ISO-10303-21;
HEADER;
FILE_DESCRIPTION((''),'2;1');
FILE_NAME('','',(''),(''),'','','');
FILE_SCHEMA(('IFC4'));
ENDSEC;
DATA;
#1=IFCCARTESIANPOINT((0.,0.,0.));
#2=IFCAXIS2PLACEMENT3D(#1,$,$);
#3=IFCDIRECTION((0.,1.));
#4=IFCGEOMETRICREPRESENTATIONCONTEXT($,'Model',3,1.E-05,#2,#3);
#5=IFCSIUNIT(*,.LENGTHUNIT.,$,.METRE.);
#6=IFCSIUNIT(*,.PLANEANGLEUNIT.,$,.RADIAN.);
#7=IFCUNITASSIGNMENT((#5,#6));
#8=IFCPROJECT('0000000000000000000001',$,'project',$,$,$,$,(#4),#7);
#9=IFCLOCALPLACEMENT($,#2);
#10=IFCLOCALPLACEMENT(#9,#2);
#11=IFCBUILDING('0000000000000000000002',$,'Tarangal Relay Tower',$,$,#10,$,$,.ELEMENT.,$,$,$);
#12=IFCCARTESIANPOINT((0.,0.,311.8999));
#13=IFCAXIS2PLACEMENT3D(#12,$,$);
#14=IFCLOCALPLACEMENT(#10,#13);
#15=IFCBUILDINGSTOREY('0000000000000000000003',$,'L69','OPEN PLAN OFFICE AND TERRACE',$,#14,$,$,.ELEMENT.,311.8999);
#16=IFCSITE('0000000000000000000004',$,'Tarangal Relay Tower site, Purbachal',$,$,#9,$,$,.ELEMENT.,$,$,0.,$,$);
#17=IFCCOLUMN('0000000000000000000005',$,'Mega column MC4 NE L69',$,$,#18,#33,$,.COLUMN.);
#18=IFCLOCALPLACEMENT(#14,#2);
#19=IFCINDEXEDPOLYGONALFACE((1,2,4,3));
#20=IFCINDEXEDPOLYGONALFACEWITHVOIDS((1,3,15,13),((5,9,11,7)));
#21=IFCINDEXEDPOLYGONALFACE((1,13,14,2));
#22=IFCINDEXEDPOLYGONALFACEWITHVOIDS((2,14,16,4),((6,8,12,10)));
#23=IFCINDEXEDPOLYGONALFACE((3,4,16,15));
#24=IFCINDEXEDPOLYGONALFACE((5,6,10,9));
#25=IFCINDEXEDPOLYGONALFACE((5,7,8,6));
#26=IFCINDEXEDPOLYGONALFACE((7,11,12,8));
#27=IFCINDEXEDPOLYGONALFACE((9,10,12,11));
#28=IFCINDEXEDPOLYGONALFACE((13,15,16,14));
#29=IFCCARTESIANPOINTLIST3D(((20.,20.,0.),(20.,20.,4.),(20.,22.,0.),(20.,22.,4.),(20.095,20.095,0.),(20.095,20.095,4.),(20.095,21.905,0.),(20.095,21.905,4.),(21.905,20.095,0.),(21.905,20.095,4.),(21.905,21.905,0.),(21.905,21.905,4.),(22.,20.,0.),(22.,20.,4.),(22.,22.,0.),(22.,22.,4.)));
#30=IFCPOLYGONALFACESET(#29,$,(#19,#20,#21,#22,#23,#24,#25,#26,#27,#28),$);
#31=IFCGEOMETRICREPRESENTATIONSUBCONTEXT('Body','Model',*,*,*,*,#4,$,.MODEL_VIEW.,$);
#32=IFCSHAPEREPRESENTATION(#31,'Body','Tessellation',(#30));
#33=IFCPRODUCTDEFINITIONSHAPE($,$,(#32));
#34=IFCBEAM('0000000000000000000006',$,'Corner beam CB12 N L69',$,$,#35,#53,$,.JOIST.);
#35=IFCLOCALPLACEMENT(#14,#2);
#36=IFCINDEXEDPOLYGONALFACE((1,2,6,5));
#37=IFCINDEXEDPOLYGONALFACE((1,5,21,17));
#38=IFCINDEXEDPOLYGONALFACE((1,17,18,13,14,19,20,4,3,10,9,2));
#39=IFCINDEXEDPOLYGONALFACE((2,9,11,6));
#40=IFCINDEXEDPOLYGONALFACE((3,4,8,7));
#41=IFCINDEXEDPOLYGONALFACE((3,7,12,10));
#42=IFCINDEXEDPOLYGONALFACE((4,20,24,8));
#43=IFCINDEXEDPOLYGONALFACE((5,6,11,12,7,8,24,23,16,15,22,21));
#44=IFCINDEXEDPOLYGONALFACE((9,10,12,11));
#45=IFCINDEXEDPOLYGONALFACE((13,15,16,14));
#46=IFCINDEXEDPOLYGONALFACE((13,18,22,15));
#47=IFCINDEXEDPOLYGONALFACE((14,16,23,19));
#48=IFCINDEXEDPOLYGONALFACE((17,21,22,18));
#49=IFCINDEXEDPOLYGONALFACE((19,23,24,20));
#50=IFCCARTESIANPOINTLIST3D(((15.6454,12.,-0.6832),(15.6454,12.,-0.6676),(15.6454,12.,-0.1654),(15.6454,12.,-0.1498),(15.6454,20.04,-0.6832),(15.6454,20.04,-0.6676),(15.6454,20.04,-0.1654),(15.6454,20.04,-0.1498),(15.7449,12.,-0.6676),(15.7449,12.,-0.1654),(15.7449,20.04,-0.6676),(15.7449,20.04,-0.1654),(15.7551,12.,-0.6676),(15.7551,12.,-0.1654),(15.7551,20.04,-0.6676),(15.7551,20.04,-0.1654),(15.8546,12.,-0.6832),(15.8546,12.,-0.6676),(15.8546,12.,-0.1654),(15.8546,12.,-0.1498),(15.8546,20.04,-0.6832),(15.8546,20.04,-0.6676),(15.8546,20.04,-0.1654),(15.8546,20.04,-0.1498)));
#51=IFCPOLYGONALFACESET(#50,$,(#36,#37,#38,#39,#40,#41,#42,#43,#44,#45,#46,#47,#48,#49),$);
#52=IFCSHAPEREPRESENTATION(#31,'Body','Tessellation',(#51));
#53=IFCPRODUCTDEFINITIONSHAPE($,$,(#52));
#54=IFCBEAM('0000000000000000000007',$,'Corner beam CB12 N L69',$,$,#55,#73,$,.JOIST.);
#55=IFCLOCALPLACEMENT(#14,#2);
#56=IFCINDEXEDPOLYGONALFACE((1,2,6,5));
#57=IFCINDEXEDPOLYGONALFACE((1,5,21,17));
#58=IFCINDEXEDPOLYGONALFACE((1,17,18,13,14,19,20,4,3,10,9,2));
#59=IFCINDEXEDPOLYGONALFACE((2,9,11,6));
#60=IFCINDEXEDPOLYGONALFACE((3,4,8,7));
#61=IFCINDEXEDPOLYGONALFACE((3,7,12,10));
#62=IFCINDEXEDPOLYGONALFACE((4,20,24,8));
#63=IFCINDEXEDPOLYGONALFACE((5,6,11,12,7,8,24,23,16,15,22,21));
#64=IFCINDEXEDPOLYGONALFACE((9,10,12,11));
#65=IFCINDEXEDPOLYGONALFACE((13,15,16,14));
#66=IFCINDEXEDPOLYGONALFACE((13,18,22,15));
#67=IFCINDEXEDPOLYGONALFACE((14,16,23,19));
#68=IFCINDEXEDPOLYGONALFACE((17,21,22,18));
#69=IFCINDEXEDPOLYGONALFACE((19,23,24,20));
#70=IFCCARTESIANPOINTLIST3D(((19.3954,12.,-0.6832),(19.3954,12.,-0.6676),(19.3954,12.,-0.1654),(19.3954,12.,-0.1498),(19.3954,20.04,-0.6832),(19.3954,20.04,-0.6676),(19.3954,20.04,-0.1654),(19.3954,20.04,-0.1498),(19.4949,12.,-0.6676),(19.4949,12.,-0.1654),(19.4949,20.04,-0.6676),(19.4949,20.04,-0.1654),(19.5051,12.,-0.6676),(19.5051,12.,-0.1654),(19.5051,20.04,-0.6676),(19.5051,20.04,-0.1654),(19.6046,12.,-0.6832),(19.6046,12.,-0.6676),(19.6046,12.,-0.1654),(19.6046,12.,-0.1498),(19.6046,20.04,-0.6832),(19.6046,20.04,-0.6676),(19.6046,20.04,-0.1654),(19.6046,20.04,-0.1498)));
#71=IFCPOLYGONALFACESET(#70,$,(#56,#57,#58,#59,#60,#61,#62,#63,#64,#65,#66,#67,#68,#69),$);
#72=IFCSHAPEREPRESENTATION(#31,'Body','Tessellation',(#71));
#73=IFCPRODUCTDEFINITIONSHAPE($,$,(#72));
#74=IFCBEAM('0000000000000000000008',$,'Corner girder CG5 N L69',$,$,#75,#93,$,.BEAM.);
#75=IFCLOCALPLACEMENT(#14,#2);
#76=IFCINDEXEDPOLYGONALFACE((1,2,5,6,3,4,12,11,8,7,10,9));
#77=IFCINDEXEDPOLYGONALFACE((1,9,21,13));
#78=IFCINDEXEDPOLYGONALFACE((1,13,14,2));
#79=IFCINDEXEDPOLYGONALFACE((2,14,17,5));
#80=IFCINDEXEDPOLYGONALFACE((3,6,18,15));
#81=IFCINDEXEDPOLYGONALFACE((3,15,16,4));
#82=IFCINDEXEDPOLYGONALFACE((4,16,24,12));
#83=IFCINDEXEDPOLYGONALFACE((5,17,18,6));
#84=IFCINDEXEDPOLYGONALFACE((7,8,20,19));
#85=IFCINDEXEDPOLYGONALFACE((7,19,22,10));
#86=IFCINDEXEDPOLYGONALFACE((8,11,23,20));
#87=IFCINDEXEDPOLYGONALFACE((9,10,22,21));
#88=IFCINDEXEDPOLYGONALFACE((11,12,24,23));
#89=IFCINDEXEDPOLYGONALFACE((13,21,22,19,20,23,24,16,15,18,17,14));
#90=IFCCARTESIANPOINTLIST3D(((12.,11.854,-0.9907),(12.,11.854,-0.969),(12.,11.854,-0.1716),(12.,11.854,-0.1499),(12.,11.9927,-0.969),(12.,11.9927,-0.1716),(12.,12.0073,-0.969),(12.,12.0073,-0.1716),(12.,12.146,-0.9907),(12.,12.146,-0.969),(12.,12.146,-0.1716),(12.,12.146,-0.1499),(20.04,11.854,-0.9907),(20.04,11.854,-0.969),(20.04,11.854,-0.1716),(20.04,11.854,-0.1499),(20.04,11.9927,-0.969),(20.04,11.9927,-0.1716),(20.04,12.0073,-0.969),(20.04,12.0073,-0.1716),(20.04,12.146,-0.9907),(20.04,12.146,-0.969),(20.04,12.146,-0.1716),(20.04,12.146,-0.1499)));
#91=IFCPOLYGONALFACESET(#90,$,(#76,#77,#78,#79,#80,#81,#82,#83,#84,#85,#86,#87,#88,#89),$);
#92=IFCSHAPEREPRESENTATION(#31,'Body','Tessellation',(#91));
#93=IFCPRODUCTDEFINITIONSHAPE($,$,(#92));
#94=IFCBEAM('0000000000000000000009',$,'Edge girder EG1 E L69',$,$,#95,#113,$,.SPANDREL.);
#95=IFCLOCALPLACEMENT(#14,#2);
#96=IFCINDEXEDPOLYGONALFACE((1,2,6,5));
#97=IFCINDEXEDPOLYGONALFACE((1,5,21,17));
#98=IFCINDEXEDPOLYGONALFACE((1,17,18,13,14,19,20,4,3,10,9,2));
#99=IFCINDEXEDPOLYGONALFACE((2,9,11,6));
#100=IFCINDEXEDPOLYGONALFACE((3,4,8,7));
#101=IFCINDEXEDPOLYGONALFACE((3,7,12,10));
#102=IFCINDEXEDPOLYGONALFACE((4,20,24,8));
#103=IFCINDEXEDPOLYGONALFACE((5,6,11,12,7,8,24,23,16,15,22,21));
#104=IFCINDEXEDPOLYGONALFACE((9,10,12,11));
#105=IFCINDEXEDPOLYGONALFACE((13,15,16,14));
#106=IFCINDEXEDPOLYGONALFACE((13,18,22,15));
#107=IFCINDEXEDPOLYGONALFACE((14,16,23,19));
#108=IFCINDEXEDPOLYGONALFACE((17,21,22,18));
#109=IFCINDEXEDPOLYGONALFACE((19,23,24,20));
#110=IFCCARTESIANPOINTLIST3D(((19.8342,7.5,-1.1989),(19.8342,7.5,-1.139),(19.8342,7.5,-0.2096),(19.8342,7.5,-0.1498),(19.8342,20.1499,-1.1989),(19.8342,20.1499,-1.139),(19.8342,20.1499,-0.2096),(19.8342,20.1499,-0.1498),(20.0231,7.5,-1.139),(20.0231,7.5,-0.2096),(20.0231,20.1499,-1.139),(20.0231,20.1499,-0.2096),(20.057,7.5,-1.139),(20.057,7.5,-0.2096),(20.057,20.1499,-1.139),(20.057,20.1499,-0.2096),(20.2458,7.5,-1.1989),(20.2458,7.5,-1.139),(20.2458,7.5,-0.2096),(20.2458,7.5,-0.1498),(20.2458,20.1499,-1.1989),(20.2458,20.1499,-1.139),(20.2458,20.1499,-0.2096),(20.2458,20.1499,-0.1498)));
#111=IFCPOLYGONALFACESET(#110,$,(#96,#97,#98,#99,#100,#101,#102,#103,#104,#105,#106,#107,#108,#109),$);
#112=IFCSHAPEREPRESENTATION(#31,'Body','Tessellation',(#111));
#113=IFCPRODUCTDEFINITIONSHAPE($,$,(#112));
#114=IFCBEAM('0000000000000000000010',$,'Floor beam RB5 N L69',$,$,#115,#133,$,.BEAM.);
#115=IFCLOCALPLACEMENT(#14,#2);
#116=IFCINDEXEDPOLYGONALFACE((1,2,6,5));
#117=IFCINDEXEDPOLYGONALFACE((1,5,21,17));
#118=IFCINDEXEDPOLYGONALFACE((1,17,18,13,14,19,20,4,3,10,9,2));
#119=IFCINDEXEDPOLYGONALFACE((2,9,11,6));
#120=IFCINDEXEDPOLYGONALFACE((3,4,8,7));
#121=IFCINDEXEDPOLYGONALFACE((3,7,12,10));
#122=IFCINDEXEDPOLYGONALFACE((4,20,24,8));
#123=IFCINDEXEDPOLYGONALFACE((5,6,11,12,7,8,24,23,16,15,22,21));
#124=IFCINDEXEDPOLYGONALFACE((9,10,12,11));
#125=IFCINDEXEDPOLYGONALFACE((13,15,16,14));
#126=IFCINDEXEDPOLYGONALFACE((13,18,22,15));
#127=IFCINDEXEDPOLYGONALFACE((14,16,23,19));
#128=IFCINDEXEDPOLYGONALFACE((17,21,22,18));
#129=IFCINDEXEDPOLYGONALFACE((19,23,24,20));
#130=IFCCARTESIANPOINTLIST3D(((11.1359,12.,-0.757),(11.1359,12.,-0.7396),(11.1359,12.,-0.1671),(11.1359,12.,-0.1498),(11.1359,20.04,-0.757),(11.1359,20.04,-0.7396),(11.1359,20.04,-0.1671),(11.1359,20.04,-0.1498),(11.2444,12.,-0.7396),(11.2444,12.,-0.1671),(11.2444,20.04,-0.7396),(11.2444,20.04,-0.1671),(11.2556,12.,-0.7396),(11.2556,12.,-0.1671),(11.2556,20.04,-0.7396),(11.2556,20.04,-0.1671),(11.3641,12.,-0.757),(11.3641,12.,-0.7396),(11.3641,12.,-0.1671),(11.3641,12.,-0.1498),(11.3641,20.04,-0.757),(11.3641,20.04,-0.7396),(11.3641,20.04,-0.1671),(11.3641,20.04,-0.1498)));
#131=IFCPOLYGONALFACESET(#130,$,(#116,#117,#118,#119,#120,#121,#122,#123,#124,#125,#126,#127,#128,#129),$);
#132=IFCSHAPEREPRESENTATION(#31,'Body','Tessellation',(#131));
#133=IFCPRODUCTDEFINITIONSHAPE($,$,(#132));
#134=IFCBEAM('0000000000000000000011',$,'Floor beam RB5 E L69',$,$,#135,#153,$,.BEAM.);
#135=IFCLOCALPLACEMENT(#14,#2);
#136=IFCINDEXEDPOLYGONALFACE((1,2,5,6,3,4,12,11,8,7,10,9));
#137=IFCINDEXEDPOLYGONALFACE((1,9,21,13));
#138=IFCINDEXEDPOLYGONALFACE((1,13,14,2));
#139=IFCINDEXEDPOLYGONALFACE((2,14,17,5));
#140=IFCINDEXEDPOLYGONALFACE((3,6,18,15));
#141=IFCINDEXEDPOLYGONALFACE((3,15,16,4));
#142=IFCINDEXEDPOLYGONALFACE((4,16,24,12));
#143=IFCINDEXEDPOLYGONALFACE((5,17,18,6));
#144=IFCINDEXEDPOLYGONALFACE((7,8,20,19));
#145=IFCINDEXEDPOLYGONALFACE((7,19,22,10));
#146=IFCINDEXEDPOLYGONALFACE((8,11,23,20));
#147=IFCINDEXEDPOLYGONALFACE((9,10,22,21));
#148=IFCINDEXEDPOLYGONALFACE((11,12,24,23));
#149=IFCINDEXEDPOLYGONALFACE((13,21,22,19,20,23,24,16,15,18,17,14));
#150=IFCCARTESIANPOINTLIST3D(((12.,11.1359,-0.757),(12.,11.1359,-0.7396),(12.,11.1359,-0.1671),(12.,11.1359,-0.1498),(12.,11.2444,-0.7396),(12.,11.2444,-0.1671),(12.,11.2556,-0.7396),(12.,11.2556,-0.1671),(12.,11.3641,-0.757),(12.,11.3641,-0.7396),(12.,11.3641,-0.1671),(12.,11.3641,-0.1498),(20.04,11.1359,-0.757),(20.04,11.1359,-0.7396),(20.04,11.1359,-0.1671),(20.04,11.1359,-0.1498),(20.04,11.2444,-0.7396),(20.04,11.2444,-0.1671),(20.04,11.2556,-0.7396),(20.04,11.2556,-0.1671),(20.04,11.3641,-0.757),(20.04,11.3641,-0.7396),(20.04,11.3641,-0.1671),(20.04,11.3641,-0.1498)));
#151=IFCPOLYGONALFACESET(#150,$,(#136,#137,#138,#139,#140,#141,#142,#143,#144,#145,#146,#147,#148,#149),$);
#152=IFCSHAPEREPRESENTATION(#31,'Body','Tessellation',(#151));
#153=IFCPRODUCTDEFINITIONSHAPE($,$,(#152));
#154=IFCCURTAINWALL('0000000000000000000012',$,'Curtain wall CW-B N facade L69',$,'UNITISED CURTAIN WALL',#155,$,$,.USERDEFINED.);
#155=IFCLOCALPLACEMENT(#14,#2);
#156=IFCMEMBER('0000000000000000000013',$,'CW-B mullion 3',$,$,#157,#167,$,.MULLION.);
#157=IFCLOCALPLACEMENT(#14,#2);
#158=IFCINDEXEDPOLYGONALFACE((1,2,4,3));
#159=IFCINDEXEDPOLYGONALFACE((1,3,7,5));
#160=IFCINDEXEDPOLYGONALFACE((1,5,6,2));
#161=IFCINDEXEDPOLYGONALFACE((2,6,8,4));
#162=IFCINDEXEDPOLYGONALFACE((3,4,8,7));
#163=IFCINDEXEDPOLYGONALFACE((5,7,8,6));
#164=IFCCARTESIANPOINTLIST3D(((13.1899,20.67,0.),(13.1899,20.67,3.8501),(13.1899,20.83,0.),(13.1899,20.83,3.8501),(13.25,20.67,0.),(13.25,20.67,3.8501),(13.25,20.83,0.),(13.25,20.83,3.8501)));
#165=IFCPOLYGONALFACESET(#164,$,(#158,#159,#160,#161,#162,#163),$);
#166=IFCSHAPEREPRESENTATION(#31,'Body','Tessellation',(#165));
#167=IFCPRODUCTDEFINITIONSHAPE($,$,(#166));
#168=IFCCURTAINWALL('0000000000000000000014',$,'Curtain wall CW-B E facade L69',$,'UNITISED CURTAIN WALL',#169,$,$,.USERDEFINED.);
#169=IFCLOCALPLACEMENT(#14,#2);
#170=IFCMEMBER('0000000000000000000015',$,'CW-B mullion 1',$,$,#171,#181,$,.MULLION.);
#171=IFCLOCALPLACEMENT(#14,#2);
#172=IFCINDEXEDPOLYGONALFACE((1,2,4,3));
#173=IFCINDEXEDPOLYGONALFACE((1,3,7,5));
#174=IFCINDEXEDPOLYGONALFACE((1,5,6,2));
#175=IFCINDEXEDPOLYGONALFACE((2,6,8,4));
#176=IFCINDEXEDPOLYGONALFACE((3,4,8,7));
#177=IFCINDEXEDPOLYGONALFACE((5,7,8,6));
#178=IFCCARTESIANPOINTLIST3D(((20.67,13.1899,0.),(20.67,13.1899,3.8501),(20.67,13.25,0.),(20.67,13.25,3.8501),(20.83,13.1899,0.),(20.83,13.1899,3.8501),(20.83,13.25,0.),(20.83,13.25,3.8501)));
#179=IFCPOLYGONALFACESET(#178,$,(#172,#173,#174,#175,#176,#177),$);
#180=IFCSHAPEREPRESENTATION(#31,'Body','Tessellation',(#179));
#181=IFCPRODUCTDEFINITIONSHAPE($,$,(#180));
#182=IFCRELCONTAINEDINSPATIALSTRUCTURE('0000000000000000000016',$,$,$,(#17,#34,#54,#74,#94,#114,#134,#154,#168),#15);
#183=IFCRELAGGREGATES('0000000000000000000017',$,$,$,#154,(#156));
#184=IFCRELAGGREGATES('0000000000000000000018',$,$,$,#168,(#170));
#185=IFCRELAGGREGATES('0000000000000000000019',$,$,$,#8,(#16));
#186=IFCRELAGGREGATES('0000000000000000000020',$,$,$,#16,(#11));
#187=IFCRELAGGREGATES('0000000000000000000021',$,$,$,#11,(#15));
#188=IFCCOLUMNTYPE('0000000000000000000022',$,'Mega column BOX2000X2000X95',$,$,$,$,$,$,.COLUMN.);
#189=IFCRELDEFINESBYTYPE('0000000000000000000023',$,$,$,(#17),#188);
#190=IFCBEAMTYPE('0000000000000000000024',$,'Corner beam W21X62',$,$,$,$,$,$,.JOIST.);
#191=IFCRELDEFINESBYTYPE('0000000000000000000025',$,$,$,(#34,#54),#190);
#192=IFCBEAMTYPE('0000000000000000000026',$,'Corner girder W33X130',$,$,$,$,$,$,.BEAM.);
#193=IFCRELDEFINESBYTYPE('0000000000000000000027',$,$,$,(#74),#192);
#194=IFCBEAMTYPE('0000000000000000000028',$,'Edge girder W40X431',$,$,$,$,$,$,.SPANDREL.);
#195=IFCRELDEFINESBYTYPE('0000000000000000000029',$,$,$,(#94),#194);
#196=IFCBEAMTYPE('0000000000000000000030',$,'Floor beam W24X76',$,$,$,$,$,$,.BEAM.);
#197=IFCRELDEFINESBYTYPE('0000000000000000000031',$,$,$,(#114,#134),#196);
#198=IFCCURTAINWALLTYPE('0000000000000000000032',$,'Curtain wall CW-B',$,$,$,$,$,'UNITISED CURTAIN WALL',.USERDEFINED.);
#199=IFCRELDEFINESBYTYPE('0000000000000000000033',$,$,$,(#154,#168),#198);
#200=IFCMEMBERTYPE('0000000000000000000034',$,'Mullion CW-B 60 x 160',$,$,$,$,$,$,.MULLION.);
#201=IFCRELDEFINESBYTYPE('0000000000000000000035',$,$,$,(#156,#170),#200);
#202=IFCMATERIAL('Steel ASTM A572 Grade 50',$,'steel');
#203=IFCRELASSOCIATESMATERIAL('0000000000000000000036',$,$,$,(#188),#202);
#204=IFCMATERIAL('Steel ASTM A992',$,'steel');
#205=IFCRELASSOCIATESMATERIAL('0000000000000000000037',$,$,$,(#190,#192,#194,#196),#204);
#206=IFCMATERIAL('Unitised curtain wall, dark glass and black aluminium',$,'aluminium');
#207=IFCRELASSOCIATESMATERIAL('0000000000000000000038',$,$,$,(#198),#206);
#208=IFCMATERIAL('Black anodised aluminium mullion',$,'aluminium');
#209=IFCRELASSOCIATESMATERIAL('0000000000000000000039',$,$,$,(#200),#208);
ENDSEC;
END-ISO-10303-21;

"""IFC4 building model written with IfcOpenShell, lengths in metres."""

from ifc_helpers import new_model, si_unit, direction, frame, origin, origin_2d, place, context, subcontext, project, spatial, rectangle, hollow_rectangle, i_section, extrude, material, material_profile, profile_set, type_object, element, aggregate, save


model = new_model("IFC4")

# Units and contexts
model_context = context("Model", 3, precision=1e-05, world=origin(), true_north=direction((0.0, 1.0)))
body_context = subcontext(model_context, "Body", "Model", "MODEL_VIEW")
ifc_project = project(units=[si_unit("LENGTHUNIT", "METRE"), si_unit("PLANEANGLEUNIT", "RADIAN")], contexts=[model_context])

# Site, building, storey
site_placement = place(None, origin())
site = spatial("IfcSite", under=ifc_project, at=site_placement, Name="Tarangal Relay Tower site, Purbachal", CompositionType="ELEMENT", RefElevation=0.0)
building_placement = place(site_placement, origin())
building = spatial("IfcBuilding", under=site, at=building_placement, Name="Tarangal Relay Tower", CompositionType="ELEMENT")
storey_placement = place(building_placement, frame((0.0, 0.0, 311.8999)))
storey = spatial("IfcBuildingStorey", under=building, at=storey_placement, Name="L69", Description="OPEN PLAN OFFICE AND TERRACE", CompositionType="ELEMENT", Elevation=311.8999)

# Column
ifc_material_1 = material(Name="Steel ASTM A572 Grade 50", Category="steel")
ifc_material_profile_1 = material_profile(ifc_material_1, hollow_rectangle(XDim=2.0, YDim=2.0, WallThickness=0.095, at=origin_2d()), Name="BOX2000X2000X95")
ifc_profile_set_1 = profile_set([ifc_material_profile_1], Name="Steel ASTM A572 Grade 50")
column_type = type_object("IfcColumnType", Name="Mega column BOX2000X2000X95", PredefinedType="COLUMN", material=ifc_profile_set_1)
column_placement = place(storey_placement, frame((21.0, 21.0, 0.0), z_axis=(0.0, 0.0, 1.0), x_axis=(1.0, 0.0, 0.0)))
element("IfcColumn", 1, at=column_placement, inside=storey, type_object=column_type, Name="Mega column MC4 NE L69", PredefinedType="COLUMN", context=body_context, shape_type="SweptSolid", body=[
    extrude(hollow_rectangle(XDim=2.0, YDim=2.0, WallThickness=0.095, at=origin_2d()), origin(), (0.0, 0.0, 1.0), 4.0),
])

# Beams
ifc_material_2 = material(Name="Steel ASTM A992", Category="steel")
ifc_material_profile_2 = material_profile(ifc_material_2, i_section(OverallWidth=0.2092, OverallDepth=0.5334, WebThickness=0.0103, FlangeThickness=0.0156, at=origin_2d()), Name="W21X62")
ifc_profile_set_2 = profile_set([ifc_material_profile_2], Name="Steel ASTM A992")
beam_type_1 = type_object("IfcBeamType", Name="Corner beam W21X62", PredefinedType="JOIST", material=ifc_profile_set_2)
for number, where, z_axis, x_axis, name in (
    (2, (15.75, 12.0, -0.4165), (0.0, 1.0, 0.0), (-1.0, 0.0, 0.0), "Corner beam CB12 N L69"),
    (3, (19.5, 12.0, -0.4165), (0.0, 1.0, 0.0), (-1.0, 0.0, 0.0), "Corner beam CB12 N L69"),
):
    element("IfcBeam", number, at=place(storey_placement, frame(where, z_axis=z_axis, x_axis=x_axis)), inside=storey, type_object=beam_type_1, Name=name, PredefinedType="JOIST", context=body_context, shape_type="SweptSolid", body=[
        extrude(i_section(OverallWidth=0.2092, OverallDepth=0.5334, WebThickness=0.0103, FlangeThickness=0.0156, at=origin_2d()), origin(), (0.0, 0.0, 1.0), 8.04),
    ])
ifc_material_profile_3 = material_profile(ifc_material_2, i_section(OverallWidth=0.292, OverallDepth=0.8408, WebThickness=0.0146, FlangeThickness=0.0217, at=origin_2d()), Name="W33X130")
ifc_profile_set_3 = profile_set([ifc_material_profile_3], Name="Steel ASTM A992")
beam_type_2 = type_object("IfcBeamType", Name="Corner girder W33X130", PredefinedType="BEAM", material=ifc_profile_set_3)
beam_1_placement = place(storey_placement, frame((12.0, 12.0, -0.5703), z_axis=(1.0, 0.0, 0.0), x_axis=(0.0, 1.0, 0.0)))
element("IfcBeam", 4, at=beam_1_placement, inside=storey, type_object=beam_type_2, Name="Corner girder CG5 N L69", PredefinedType="BEAM", context=body_context, shape_type="SweptSolid", body=[
    extrude(i_section(OverallWidth=0.292, OverallDepth=0.8408, WebThickness=0.0146, FlangeThickness=0.0217, at=origin_2d()), origin(), (0.0, 0.0, 1.0), 8.04),
])
ifc_material_profile_4 = material_profile(ifc_material_2, i_section(OverallWidth=0.4116, OverallDepth=1.0491, WebThickness=0.0339, FlangeThickness=0.0598, at=origin_2d()), Name="W40X431")
ifc_profile_set_4 = profile_set([ifc_material_profile_4], Name="Steel ASTM A992")
beam_type_3 = type_object("IfcBeamType", Name="Edge girder W40X431", PredefinedType="SPANDREL", material=ifc_profile_set_4)
beam_2_placement = place(storey_placement, frame((20.04, 20.1499, -0.6743), z_axis=(0.0, -1.0, 0.0), x_axis=(1.0, 0.0, 0.0)))
element("IfcBeam", 5, at=beam_2_placement, inside=storey, type_object=beam_type_3, Name="Edge girder EG1 E L69", PredefinedType="SPANDREL", context=body_context, shape_type="SweptSolid", body=[
    extrude(i_section(OverallWidth=0.4116, OverallDepth=1.0491, WebThickness=0.0339, FlangeThickness=0.0598, at=origin_2d()), origin(), (0.0, 0.0, 1.0), 12.6499),
])
ifc_material_profile_5 = material_profile(ifc_material_2, i_section(OverallWidth=0.2283, OverallDepth=0.6072, WebThickness=0.0112, FlangeThickness=0.0173, at=origin_2d()), Name="W24X76")
ifc_profile_set_5 = profile_set([ifc_material_profile_5], Name="Steel ASTM A992")
beam_type_4 = type_object("IfcBeamType", Name="Floor beam W24X76", PredefinedType="BEAM", material=ifc_profile_set_5)
for number, where, z_axis, x_axis, name in (
    (6, (11.25, 12.0, -0.4534), (0.0, 1.0, 0.0), (-1.0, 0.0, 0.0), "Floor beam RB5 N L69"),
    (7, (12.0, 11.25, -0.4534), (1.0, 0.0, 0.0), (0.0, 1.0, 0.0), "Floor beam RB5 E L69"),
):
    element("IfcBeam", number, at=place(storey_placement, frame(where, z_axis=z_axis, x_axis=x_axis)), inside=storey, type_object=beam_type_4, Name=name, PredefinedType="BEAM", context=body_context, shape_type="SweptSolid", body=[
        extrude(i_section(OverallWidth=0.2283, OverallDepth=0.6072, WebThickness=0.0112, FlangeThickness=0.0173, at=origin_2d()), origin(), (0.0, 0.0, 1.0), 8.04),
    ])

# Curtain wall, member
ifc_material_3 = material(Name="Unitised curtain wall, dark glass and black aluminium", Category="aluminium")
curtain_wall_type = type_object("IfcCurtainWallType", Name="Curtain wall CW-B", ElementType="UNITISED CURTAIN WALL", PredefinedType="USERDEFINED", material=ifc_material_3)
curtain_wall_1_placement = place(storey_placement, origin())
curtain_wall_1 = element("IfcCurtainWall", 8, at=curtain_wall_1_placement, inside=storey, type_object=curtain_wall_type, Name="Curtain wall CW-B N facade L69", ObjectType="UNITISED CURTAIN WALL", PredefinedType="USERDEFINED")
ifc_material_4 = material(Name="Black anodised aluminium mullion", Category="aluminium")
ifc_material_profile_6 = material_profile(ifc_material_4, rectangle(XDim=0.1599, YDim=0.0601, at=origin_2d()), Name="CW-BM 60X160")
ifc_profile_set_6 = profile_set([ifc_material_profile_6], Name="Black anodised aluminium mullion")
member_type_1 = type_object("IfcMemberType", Name="Mullion CW-B 60 x 160", PredefinedType="MULLION", material=ifc_profile_set_6)
member_1_placement = place(storey_placement, frame((13.22, 20.75, 0.0), z_axis=(0.0, 0.0, 1.0), x_axis=(0.0, 1.0, 0.0)))
member_1 = element("IfcMember", 9, at=member_1_placement, type_object=member_type_1, Name="CW-B mullion 3", PredefinedType="MULLION", context=body_context, shape_type="SweptSolid", body=[
    extrude(rectangle(XDim=0.1599, YDim=0.0601, at=origin_2d()), origin(), (0.0, 0.0, 1.0), 3.8501),
])

# Curtain wall, member
curtain_wall_2_placement = place(storey_placement, origin())
curtain_wall_2 = element("IfcCurtainWall", 10, at=curtain_wall_2_placement, inside=storey, type_object=curtain_wall_type, Name="Curtain wall CW-B E facade L69", ObjectType="UNITISED CURTAIN WALL", PredefinedType="USERDEFINED")
member_2_placement = place(storey_placement, frame((20.75, 13.22, 0.0), z_axis=(0.0, 0.0, 1.0), x_axis=(1.0, 0.0, 0.0)))
member_2 = element("IfcMember", 11, at=member_2_placement, type_object=member_type_1, Name="CW-B mullion 1", PredefinedType="MULLION", context=body_context, shape_type="SweptSolid", body=[
    extrude(rectangle(XDim=0.1599, YDim=0.0601, at=origin_2d()), origin(), (0.0, 0.0, 1.0), 3.8501),
])

aggregate(curtain_wall_1, [member_1])
aggregate(curtain_wall_2, [member_2])

save(model, "model.ifc")
